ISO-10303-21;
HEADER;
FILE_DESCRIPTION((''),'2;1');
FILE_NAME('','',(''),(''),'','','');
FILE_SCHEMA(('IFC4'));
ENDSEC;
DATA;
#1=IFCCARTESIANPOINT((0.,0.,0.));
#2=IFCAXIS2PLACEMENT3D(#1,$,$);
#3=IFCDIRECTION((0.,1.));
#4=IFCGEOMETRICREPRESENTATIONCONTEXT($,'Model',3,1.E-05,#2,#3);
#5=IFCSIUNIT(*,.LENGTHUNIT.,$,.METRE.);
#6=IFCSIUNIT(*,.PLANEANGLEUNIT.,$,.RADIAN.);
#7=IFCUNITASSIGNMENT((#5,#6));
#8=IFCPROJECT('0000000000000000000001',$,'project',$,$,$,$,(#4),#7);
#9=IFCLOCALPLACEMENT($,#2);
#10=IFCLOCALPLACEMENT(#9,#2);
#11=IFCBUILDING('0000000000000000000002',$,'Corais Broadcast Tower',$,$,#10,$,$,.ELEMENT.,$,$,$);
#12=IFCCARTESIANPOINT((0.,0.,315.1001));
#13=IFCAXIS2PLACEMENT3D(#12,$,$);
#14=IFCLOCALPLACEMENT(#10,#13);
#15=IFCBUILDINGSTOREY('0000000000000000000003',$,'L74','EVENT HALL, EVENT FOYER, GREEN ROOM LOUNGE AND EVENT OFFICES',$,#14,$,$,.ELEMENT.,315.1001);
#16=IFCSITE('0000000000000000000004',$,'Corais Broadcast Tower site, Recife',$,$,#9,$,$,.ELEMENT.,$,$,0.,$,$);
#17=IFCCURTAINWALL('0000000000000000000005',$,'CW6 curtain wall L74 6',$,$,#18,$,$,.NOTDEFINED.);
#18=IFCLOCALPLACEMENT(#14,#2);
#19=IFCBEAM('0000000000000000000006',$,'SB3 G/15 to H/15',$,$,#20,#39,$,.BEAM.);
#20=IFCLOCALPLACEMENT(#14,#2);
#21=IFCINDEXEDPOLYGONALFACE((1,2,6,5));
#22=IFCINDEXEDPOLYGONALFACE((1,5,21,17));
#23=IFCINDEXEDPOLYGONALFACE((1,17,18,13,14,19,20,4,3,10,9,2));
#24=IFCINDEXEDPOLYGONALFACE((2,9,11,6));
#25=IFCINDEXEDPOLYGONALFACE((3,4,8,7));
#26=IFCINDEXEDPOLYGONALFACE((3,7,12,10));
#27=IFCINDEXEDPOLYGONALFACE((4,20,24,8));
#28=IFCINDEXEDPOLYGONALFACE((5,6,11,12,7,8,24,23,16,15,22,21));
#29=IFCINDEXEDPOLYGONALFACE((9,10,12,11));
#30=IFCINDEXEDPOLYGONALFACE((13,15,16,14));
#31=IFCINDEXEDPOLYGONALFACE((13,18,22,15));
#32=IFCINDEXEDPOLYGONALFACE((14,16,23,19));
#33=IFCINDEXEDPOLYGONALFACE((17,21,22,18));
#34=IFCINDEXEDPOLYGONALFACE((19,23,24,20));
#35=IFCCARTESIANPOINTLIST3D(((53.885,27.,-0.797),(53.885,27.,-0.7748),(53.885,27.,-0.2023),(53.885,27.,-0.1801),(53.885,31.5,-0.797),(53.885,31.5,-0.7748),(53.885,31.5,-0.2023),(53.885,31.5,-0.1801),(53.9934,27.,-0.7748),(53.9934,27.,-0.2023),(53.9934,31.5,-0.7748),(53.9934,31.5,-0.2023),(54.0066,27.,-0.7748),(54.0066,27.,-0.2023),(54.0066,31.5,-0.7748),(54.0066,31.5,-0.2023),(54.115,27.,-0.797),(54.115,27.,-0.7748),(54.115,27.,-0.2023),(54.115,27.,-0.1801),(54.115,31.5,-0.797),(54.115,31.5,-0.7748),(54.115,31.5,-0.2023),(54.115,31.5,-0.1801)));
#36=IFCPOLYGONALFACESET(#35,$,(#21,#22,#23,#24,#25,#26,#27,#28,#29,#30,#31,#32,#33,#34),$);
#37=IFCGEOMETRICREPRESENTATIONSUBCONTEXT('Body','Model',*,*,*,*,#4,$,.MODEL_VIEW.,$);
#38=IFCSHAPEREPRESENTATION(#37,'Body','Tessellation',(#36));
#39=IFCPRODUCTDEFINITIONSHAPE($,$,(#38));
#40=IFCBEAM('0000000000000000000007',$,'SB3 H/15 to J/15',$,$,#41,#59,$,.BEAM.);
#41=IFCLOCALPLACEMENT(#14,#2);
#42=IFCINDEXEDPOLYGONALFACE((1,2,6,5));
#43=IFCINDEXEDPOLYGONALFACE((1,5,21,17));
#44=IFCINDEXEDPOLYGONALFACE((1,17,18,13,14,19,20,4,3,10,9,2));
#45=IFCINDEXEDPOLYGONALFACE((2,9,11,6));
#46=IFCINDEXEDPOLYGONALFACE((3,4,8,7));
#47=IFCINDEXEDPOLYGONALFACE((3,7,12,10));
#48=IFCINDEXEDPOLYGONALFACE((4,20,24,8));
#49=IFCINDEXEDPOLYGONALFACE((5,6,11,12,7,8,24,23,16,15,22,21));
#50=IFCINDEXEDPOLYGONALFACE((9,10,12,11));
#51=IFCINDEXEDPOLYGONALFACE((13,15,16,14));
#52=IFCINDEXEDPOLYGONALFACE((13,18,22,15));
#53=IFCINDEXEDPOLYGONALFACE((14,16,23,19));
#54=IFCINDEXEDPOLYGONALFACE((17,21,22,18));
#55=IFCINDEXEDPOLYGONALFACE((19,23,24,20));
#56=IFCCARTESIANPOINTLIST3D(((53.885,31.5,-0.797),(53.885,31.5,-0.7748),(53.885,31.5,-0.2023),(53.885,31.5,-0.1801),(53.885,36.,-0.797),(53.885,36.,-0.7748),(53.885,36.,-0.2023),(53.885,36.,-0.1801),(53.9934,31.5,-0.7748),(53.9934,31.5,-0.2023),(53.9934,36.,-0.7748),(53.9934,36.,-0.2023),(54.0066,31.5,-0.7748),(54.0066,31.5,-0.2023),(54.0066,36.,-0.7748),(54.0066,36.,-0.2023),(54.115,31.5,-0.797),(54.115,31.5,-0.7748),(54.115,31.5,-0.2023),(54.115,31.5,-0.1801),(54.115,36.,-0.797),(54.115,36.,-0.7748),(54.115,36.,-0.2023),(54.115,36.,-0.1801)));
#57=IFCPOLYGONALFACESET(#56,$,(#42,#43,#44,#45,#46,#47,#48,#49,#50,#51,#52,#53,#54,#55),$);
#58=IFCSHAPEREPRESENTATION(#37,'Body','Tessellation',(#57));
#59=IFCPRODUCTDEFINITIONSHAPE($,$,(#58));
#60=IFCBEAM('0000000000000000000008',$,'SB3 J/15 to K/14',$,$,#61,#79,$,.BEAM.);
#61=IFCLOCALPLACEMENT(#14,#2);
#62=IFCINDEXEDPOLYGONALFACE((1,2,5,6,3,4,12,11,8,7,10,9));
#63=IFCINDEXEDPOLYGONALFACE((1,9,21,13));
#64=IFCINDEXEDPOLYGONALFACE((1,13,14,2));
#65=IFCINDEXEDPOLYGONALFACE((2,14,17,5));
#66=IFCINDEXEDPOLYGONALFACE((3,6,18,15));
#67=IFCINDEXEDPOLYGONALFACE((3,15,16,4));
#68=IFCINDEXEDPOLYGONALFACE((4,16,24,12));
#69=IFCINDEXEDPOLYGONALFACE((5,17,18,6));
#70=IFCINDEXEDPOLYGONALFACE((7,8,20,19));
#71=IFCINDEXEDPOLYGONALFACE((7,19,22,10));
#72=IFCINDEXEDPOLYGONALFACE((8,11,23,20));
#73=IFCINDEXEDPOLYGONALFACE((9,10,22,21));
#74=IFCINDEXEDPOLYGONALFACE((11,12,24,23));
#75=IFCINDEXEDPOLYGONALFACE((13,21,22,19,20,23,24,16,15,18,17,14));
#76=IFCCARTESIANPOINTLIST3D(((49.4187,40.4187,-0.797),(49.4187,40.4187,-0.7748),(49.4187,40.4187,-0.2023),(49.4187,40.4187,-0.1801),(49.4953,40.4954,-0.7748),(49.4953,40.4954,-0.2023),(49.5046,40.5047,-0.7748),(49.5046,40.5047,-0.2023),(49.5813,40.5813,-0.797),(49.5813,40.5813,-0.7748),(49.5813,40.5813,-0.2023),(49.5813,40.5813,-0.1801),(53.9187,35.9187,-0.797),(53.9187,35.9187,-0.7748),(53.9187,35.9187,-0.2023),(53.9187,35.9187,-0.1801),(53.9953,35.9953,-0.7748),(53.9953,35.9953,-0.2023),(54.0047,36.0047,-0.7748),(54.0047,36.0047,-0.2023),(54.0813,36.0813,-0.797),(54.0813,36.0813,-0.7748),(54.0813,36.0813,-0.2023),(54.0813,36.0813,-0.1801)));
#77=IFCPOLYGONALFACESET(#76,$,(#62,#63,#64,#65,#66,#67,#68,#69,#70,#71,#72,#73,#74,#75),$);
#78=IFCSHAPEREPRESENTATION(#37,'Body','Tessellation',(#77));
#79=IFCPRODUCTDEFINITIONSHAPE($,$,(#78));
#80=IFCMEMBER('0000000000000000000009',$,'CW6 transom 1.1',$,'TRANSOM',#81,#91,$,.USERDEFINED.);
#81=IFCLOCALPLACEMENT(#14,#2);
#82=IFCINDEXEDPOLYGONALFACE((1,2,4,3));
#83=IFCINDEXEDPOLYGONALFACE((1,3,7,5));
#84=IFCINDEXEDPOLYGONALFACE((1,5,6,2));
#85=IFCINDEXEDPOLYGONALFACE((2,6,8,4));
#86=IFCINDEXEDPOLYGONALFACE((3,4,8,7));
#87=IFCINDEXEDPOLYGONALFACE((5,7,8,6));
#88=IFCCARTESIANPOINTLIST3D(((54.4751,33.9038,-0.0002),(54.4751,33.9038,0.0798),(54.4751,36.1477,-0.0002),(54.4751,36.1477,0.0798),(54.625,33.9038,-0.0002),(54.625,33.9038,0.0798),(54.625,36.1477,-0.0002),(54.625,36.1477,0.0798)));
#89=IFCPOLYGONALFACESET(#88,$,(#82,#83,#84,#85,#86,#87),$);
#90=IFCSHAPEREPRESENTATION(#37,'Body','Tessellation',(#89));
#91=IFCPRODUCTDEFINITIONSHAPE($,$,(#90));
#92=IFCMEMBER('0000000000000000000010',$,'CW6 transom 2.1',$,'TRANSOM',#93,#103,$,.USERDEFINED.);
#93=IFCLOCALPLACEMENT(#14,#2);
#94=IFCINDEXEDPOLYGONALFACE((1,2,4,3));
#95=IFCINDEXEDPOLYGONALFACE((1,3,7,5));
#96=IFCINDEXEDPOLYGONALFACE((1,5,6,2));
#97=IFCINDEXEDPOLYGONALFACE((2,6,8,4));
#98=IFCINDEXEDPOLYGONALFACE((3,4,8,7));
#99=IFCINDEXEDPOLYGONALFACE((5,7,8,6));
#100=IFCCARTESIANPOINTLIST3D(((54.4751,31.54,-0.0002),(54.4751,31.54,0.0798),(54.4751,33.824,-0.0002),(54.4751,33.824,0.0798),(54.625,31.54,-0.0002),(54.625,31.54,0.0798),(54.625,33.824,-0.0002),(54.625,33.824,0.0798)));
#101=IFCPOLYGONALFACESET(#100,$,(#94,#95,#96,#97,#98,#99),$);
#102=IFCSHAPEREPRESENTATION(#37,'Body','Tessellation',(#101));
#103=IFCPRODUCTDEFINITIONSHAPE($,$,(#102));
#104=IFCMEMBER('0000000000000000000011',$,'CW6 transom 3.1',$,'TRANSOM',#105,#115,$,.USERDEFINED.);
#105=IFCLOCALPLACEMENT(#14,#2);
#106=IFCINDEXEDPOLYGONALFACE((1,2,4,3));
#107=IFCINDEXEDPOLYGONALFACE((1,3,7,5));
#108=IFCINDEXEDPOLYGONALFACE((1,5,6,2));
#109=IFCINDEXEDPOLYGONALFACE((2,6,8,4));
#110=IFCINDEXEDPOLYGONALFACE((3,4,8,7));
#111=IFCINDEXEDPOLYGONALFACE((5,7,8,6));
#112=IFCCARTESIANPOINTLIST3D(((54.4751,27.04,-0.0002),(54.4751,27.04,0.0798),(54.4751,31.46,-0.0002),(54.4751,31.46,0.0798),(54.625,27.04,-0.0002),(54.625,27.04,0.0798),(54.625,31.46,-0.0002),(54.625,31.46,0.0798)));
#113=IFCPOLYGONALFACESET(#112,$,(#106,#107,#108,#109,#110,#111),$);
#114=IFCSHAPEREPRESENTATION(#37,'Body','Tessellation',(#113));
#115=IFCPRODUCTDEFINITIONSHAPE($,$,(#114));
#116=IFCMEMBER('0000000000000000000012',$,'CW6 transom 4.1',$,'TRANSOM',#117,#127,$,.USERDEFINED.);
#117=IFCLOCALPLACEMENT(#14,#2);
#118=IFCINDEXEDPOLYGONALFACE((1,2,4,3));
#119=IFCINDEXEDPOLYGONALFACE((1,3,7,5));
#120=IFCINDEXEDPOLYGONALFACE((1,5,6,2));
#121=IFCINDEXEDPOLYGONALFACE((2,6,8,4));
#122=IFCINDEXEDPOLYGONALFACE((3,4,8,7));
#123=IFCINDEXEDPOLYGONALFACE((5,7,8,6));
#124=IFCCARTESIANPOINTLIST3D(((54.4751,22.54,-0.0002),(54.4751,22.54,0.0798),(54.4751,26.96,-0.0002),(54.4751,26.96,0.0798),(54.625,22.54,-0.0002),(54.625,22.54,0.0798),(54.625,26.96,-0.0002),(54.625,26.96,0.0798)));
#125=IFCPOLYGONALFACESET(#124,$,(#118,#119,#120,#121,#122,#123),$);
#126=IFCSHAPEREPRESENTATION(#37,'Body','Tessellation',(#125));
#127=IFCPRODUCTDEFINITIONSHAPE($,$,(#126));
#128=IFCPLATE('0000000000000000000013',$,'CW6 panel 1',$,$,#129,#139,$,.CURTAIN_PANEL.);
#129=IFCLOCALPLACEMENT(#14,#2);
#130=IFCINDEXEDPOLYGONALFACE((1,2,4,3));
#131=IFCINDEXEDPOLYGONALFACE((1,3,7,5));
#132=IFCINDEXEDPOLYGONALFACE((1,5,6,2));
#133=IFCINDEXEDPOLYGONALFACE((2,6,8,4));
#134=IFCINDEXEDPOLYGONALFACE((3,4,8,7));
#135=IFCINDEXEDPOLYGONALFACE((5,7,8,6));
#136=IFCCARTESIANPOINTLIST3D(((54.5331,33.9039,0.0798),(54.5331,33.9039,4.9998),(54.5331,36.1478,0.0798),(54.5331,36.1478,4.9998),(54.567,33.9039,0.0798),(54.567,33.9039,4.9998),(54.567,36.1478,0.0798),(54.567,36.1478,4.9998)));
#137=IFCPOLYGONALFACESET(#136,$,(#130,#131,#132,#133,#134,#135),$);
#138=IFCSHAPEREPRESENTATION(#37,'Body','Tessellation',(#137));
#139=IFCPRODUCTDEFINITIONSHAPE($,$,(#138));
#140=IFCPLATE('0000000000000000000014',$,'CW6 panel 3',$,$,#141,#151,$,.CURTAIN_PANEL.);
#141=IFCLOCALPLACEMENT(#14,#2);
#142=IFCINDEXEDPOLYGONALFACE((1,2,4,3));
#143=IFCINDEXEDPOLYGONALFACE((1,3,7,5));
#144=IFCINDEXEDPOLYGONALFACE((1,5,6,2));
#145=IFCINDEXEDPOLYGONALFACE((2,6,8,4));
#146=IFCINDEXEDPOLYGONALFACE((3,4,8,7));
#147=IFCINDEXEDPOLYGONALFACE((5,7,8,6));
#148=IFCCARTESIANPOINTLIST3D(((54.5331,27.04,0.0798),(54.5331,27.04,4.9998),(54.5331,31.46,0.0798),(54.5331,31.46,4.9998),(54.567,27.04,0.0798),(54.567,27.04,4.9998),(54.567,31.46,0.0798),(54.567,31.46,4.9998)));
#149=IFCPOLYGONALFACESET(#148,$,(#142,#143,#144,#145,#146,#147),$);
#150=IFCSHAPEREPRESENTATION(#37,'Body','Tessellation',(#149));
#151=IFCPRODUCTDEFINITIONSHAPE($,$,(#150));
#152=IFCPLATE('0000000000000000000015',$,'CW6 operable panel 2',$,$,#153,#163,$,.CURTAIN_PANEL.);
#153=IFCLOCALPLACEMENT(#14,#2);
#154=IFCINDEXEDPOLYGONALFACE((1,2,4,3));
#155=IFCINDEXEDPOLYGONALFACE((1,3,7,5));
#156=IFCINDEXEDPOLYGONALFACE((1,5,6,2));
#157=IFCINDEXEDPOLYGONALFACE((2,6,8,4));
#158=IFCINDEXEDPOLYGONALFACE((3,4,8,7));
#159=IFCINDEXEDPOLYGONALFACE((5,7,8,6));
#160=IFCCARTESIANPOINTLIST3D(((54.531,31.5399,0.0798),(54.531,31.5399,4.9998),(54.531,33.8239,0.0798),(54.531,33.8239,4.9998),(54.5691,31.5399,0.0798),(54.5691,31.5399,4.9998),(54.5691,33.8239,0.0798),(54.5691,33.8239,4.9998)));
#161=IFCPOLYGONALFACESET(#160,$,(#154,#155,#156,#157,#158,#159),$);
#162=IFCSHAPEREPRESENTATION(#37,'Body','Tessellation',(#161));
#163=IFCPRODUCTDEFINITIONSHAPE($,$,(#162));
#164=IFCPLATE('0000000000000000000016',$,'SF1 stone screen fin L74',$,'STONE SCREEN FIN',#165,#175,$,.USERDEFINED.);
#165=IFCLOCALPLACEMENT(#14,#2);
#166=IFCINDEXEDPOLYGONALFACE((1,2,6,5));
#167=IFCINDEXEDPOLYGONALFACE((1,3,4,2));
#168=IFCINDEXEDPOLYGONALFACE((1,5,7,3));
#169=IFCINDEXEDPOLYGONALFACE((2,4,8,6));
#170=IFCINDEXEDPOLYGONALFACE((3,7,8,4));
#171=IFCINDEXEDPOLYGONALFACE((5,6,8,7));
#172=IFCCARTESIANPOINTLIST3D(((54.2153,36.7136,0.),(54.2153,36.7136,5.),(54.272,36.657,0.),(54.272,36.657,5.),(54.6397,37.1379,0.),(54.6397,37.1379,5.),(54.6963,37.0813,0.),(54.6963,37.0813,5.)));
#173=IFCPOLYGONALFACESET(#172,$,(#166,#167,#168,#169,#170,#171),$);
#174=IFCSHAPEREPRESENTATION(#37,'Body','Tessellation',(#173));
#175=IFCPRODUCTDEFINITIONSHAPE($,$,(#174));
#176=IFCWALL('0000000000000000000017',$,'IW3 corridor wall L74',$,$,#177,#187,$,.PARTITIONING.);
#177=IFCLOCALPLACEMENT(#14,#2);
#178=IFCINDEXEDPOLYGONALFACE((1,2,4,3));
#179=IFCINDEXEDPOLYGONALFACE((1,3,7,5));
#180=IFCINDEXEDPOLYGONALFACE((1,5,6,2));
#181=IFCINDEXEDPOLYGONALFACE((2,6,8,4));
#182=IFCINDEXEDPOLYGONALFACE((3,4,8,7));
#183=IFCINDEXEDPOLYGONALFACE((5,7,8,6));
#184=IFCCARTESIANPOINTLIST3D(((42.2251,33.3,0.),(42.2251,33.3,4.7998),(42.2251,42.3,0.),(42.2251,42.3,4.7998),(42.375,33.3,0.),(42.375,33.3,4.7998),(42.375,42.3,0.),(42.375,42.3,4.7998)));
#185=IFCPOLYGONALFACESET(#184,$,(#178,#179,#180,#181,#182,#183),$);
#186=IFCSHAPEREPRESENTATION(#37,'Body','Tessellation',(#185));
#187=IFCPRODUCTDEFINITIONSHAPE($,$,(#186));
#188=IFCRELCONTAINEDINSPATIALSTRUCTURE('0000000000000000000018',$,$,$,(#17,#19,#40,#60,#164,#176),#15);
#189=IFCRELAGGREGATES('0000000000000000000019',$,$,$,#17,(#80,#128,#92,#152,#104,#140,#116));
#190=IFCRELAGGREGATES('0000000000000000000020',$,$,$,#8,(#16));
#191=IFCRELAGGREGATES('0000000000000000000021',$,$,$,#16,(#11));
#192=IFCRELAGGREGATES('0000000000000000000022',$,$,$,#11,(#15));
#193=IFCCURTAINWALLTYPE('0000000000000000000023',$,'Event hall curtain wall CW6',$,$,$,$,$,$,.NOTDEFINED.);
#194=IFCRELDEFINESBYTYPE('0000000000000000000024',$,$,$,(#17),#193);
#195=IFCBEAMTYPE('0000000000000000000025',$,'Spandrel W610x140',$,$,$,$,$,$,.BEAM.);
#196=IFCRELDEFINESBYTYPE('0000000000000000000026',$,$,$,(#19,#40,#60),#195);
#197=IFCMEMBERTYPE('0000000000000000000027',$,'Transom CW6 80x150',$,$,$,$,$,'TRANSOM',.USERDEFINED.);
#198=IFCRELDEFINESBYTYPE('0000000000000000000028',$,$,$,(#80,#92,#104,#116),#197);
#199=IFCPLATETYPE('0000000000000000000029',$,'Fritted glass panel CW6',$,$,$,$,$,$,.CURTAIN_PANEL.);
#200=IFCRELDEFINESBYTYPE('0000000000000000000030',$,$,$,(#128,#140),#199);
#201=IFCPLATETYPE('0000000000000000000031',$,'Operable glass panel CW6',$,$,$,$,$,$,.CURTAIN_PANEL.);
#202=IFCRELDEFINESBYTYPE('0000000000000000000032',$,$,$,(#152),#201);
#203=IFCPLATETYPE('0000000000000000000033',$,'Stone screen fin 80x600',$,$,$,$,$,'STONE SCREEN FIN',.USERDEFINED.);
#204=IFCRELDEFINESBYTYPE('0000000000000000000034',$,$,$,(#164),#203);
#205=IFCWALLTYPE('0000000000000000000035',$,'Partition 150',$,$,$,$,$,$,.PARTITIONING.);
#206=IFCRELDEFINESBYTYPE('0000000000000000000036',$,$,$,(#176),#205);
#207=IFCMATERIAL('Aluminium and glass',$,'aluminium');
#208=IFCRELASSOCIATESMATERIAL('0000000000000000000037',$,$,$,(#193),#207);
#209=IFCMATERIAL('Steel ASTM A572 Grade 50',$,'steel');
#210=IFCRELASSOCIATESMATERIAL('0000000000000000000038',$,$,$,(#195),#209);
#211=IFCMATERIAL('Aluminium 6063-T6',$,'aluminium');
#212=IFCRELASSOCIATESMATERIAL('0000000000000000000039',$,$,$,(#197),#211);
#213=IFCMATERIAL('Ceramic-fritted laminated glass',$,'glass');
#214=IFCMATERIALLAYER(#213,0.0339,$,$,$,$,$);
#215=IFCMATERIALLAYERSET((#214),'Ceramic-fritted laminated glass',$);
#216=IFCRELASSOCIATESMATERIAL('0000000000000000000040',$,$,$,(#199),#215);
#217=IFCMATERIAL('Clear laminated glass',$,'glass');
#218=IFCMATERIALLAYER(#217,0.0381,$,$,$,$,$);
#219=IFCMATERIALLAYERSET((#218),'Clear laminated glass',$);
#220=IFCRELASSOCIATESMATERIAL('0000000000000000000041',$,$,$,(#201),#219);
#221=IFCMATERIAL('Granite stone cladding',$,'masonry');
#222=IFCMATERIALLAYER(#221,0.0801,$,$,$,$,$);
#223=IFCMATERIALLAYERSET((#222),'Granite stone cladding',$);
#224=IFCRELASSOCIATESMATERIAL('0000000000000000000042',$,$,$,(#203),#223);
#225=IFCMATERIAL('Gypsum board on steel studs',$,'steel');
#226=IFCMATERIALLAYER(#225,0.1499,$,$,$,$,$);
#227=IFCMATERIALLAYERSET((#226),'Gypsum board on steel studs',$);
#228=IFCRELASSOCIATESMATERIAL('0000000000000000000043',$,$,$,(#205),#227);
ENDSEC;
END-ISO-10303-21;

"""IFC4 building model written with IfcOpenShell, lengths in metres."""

from ifc_helpers import new_model, si_unit, direction, frame, frame_2d, origin, origin_2d, place, context, subcontext, project, spatial, rectangle, i_section, extrude, material, layer, layer_set, material_profile, profile_set, type_object, element, aggregate, save


model = new_model("IFC4")

# Units and contexts
model_context = context("Model", 3, precision=1e-05, world=origin(), true_north=direction((0.0, 1.0)))
body_context = subcontext(model_context, "Body", "Model", "MODEL_VIEW")
ifc_project = project(units=[si_unit("LENGTHUNIT", "METRE"), si_unit("PLANEANGLEUNIT", "RADIAN")], contexts=[model_context])

# Site, building, storey
site_placement = place(None, origin())
site = spatial("IfcSite", under=ifc_project, at=site_placement, Name="Corais Broadcast Tower site, Recife", CompositionType="ELEMENT", RefElevation=0.0)
building_placement = place(site_placement, origin())
building = spatial("IfcBuilding", under=site, at=building_placement, Name="Corais Broadcast Tower", CompositionType="ELEMENT")
storey_placement = place(building_placement, frame((0.0, 0.0, 315.1001)))
storey = spatial("IfcBuildingStorey", under=building, at=storey_placement, Name="L74", Description="EVENT HALL, EVENT FOYER, GREEN ROOM LOUNGE AND EVENT OFFICES", CompositionType="ELEMENT", Elevation=315.1001)

# Shared definitions
ifc_material_1 = material(Name="Aluminium and glass", Category="aluminium")
curtain_wall_type = type_object("IfcCurtainWallType", Name="Event hall curtain wall CW6", PredefinedType="NOTDEFINED", material=ifc_material_1)

# Curtain wall
curtain_wall_1_placement = place(storey_placement, origin())
curtain_wall_1 = element("IfcCurtainWall", 1, at=curtain_wall_1_placement, inside=storey, type_object=curtain_wall_type, Name="CW6 curtain wall L74 6", PredefinedType="NOTDEFINED")

# Beams
ifc_material_2 = material(Name="Steel ASTM A572 Grade 50", Category="steel")
ifc_material_profile_1 = material_profile(ifc_material_2, i_section(OverallWidth=0.23, OverallDepth=0.6169, WebThickness=0.0132, FlangeThickness=0.0222, at=origin_2d()), Name="W610x140")
ifc_profile_set_1 = profile_set([ifc_material_profile_1], Name="Steel ASTM A572 Grade 50")
beam_type_1 = type_object("IfcBeamType", Name="Spandrel W610x140", PredefinedType="BEAM", material=ifc_profile_set_1)
for number, where, z_axis, x_axis, name in (
    (2, (54.0, 27.0, -0.4885), (0.0, 1.0, 0.0), (-1.0, 0.0, 0.0), "SB3 G/15 to H/15"),
    (3, (54.0, 31.5, -0.4885), (0.0, 1.0, 0.0), (-1.0, 0.0, 0.0), "SB3 H/15 to J/15"),
):
    element("IfcBeam", number, at=place(storey_placement, frame(where, z_axis=z_axis, x_axis=x_axis)), inside=storey, type_object=beam_type_1, Name=name, PredefinedType="BEAM", context=body_context, shape_type="SweptSolid", body=[
        extrude(i_section(OverallWidth=0.23, OverallDepth=0.6169, WebThickness=0.0132, FlangeThickness=0.0222, at=origin_2d()), origin(), (0.0, 0.0, 1.0), 4.5),
    ])
beam_placement = place(storey_placement, frame((54.0, 36.0, -0.4885), z_axis=(-0.707107, 0.707107, 0.0), x_axis=(-0.707107, -0.707107, 0.0)))
element("IfcBeam", 4, at=beam_placement, inside=storey, type_object=beam_type_1, Name="SB3 J/15 to K/14", PredefinedType="BEAM", context=body_context, shape_type="SweptSolid", body=[
    extrude(i_section(OverallWidth=0.23, OverallDepth=0.6169, WebThickness=0.0132, FlangeThickness=0.0222, at=origin_2d()), origin(), (0.0, 0.0, 1.0), 6.364),
])

# Members
ifc_material_3 = material(Name="Aluminium 6063-T6", Category="aluminium")
ifc_material_profile_2 = material_profile(ifc_material_3, rectangle(XDim=0.1499, YDim=0.0801, at=origin_2d()), Name="Transom CW6 80x150")
ifc_profile_set_2 = profile_set([ifc_material_profile_2], Name="Aluminium 6063-T6")
member_type_1 = type_object("IfcMemberType", Name="Transom CW6 80x150", ElementType="TRANSOM", PredefinedType="USERDEFINED", material=ifc_profile_set_2)
member_1_placement = place(storey_placement, frame((54.55, 36.1477, 0.0398), z_axis=(0.0, -1.0, 0.0), x_axis=(1.0, 0.0, 0.0)))
member_1 = element("IfcMember", 5, at=member_1_placement, type_object=member_type_1, Name="CW6 transom 1.1", ObjectType="TRANSOM", PredefinedType="USERDEFINED", context=body_context, shape_type="SweptSolid", body=[
    extrude(rectangle(XDim=0.1499, YDim=0.0801, at=origin_2d()), origin(), (0.0, 0.0, 1.0), 2.2439),
])
member_2_placement = place(storey_placement, frame((54.55, 33.824, 0.0398), z_axis=(0.0, -1.0, 0.0), x_axis=(1.0, 0.0, 0.0)))
member_2 = element("IfcMember", 6, at=member_2_placement, type_object=member_type_1, Name="CW6 transom 2.1", ObjectType="TRANSOM", PredefinedType="USERDEFINED", context=body_context, shape_type="SweptSolid", body=[
    extrude(rectangle(XDim=0.1499, YDim=0.0801, at=origin_2d()), origin(), (0.0, 0.0, 1.0), 2.2839),
])
member_3_placement = place(storey_placement, frame((54.55, 31.46, 0.0398), z_axis=(0.0, -1.0, 0.0), x_axis=(1.0, 0.0, 0.0)))
member_3 = element("IfcMember", 7, at=member_3_placement, type_object=member_type_1, Name="CW6 transom 3.1", ObjectType="TRANSOM", PredefinedType="USERDEFINED", context=body_context, shape_type="SweptSolid", body=[
    extrude(rectangle(XDim=0.1499, YDim=0.0801, at=origin_2d()), origin(), (0.0, 0.0, 1.0), 4.4199),
])
member_4_placement = place(storey_placement, frame((54.55, 26.96, 0.0398), z_axis=(0.0, -1.0, 0.0), x_axis=(1.0, 0.0, 0.0)))
member_4 = element("IfcMember", 8, at=member_4_placement, type_object=member_type_1, Name="CW6 transom 4.1", ObjectType="TRANSOM", PredefinedType="USERDEFINED", context=body_context, shape_type="SweptSolid", body=[
    extrude(rectangle(XDim=0.1499, YDim=0.0801, at=origin_2d()), origin(), (0.0, 0.0, 1.0), 4.4199),
])

# Plates
ifc_material_4 = material(Name="Ceramic-fritted laminated glass", Category="glass")
ifc_layer_1 = layer(ifc_material_4, 0.0339)
ifc_layer_set_1 = layer_set([ifc_layer_1], Name="Ceramic-fritted laminated glass")
plate_type_1 = type_object("IfcPlateType", Name="Fritted glass panel CW6", PredefinedType="CURTAIN_PANEL", material=ifc_layer_set_1)
plate_1_placement = place(storey_placement, frame((54.55, 35.0259, 0.0798), z_axis=(0.0, 0.0, 1.0), x_axis=(0.0, -1.0, 0.0)))
plate_1 = element("IfcPlate", 9, at=plate_1_placement, type_object=plate_type_1, Name="CW6 panel 1", PredefinedType="CURTAIN_PANEL", context=body_context, shape_type="SweptSolid", body=[
    extrude(rectangle(XDim=2.2439, YDim=0.0339, at=origin_2d()), origin(), (0.0, 0.0, 1.0), 4.9199),
])
plate_2_placement = place(storey_placement, frame((54.55, 29.25, 0.0798), z_axis=(0.0, 0.0, 1.0), x_axis=(0.0, -1.0, 0.0)))
plate_2 = element("IfcPlate", 10, at=plate_2_placement, type_object=plate_type_1, Name="CW6 panel 3", PredefinedType="CURTAIN_PANEL", context=body_context, shape_type="SweptSolid", body=[
    extrude(rectangle(XDim=4.4199, YDim=0.0339, at=origin_2d()), origin(), (0.0, 0.0, 1.0), 4.9199),
])
ifc_material_5 = material(Name="Clear laminated glass", Category="glass")
ifc_layer_2 = layer(ifc_material_5, 0.0381)
ifc_layer_set_2 = layer_set([ifc_layer_2], Name="Clear laminated glass")
plate_type_2 = type_object("IfcPlateType", Name="Operable glass panel CW6", PredefinedType="CURTAIN_PANEL", material=ifc_layer_set_2)
plate_3_placement = place(storey_placement, frame((54.55, 32.6819, 0.0798), z_axis=(0.0, 0.0, 1.0), x_axis=(0.0, -1.0, 0.0)))
plate_3 = element("IfcPlate", 11, at=plate_3_placement, type_object=plate_type_2, Name="CW6 operable panel 2", PredefinedType="CURTAIN_PANEL", context=body_context, shape_type="SweptSolid", body=[
    extrude(rectangle(XDim=2.2839, YDim=0.0381, at=origin_2d()), origin(), (0.0, 0.0, 1.0), 4.9199),
])
aggregate(curtain_wall_1, [member_1, plate_1, member_2, plate_3, member_3, plate_2, member_4])
ifc_material_6 = material(Name="Granite stone cladding", Category="masonry")
ifc_layer_3 = layer(ifc_material_6, 0.0801)
ifc_layer_set_3 = layer_set([ifc_layer_3], Name="Granite stone cladding")
plate_type_3 = type_object("IfcPlateType", Name="Stone screen fin 80x600", ElementType="STONE SCREEN FIN", PredefinedType="USERDEFINED", material=ifc_layer_set_3)
plate_4_placement = place(storey_placement, frame((54.4558, 36.8975, 0.0), z_axis=(0.0, 0.0, 1.0), x_axis=(0.707107, -0.707107, 0.0)))
element("IfcPlate", 12, at=plate_4_placement, inside=storey, type_object=plate_type_3, Name="SF1 stone screen fin L74", ObjectType="STONE SCREEN FIN", PredefinedType="USERDEFINED", context=body_context, shape_type="SweptSolid", body=[
    extrude(rectangle(XDim=0.0801, YDim=0.6001, at=origin_2d()), origin(), (0.0, 0.0, 1.0), 5.0),
])

# Wall
ifc_material_7 = material(Name="Gypsum board on steel studs", Category="steel")
ifc_layer_4 = layer(ifc_material_7, 0.1499)
ifc_layer_set_4 = layer_set([ifc_layer_4], Name="Gypsum board on steel studs")
wall_type = type_object("IfcWallType", Name="Partition 150", PredefinedType="PARTITIONING", material=ifc_layer_set_4)
wall_1_placement = place(storey_placement, frame((42.3, 33.3, 0.0), z_axis=(0.0, 0.0, 1.0), x_axis=(0.0, 1.0, 0.0)))
element("IfcWall", 13, at=wall_1_placement, inside=storey, type_object=wall_type, Name="IW3 corridor wall L74", PredefinedType="PARTITIONING", context=body_context, shape_type="SweptSolid", body=[
    extrude(rectangle(XDim=9.0, YDim=0.1499, at=frame_2d((4.5, 0.0))), origin(), (0.0, 0.0, 1.0), 4.7998),
])

save(model, "model.ifc")
